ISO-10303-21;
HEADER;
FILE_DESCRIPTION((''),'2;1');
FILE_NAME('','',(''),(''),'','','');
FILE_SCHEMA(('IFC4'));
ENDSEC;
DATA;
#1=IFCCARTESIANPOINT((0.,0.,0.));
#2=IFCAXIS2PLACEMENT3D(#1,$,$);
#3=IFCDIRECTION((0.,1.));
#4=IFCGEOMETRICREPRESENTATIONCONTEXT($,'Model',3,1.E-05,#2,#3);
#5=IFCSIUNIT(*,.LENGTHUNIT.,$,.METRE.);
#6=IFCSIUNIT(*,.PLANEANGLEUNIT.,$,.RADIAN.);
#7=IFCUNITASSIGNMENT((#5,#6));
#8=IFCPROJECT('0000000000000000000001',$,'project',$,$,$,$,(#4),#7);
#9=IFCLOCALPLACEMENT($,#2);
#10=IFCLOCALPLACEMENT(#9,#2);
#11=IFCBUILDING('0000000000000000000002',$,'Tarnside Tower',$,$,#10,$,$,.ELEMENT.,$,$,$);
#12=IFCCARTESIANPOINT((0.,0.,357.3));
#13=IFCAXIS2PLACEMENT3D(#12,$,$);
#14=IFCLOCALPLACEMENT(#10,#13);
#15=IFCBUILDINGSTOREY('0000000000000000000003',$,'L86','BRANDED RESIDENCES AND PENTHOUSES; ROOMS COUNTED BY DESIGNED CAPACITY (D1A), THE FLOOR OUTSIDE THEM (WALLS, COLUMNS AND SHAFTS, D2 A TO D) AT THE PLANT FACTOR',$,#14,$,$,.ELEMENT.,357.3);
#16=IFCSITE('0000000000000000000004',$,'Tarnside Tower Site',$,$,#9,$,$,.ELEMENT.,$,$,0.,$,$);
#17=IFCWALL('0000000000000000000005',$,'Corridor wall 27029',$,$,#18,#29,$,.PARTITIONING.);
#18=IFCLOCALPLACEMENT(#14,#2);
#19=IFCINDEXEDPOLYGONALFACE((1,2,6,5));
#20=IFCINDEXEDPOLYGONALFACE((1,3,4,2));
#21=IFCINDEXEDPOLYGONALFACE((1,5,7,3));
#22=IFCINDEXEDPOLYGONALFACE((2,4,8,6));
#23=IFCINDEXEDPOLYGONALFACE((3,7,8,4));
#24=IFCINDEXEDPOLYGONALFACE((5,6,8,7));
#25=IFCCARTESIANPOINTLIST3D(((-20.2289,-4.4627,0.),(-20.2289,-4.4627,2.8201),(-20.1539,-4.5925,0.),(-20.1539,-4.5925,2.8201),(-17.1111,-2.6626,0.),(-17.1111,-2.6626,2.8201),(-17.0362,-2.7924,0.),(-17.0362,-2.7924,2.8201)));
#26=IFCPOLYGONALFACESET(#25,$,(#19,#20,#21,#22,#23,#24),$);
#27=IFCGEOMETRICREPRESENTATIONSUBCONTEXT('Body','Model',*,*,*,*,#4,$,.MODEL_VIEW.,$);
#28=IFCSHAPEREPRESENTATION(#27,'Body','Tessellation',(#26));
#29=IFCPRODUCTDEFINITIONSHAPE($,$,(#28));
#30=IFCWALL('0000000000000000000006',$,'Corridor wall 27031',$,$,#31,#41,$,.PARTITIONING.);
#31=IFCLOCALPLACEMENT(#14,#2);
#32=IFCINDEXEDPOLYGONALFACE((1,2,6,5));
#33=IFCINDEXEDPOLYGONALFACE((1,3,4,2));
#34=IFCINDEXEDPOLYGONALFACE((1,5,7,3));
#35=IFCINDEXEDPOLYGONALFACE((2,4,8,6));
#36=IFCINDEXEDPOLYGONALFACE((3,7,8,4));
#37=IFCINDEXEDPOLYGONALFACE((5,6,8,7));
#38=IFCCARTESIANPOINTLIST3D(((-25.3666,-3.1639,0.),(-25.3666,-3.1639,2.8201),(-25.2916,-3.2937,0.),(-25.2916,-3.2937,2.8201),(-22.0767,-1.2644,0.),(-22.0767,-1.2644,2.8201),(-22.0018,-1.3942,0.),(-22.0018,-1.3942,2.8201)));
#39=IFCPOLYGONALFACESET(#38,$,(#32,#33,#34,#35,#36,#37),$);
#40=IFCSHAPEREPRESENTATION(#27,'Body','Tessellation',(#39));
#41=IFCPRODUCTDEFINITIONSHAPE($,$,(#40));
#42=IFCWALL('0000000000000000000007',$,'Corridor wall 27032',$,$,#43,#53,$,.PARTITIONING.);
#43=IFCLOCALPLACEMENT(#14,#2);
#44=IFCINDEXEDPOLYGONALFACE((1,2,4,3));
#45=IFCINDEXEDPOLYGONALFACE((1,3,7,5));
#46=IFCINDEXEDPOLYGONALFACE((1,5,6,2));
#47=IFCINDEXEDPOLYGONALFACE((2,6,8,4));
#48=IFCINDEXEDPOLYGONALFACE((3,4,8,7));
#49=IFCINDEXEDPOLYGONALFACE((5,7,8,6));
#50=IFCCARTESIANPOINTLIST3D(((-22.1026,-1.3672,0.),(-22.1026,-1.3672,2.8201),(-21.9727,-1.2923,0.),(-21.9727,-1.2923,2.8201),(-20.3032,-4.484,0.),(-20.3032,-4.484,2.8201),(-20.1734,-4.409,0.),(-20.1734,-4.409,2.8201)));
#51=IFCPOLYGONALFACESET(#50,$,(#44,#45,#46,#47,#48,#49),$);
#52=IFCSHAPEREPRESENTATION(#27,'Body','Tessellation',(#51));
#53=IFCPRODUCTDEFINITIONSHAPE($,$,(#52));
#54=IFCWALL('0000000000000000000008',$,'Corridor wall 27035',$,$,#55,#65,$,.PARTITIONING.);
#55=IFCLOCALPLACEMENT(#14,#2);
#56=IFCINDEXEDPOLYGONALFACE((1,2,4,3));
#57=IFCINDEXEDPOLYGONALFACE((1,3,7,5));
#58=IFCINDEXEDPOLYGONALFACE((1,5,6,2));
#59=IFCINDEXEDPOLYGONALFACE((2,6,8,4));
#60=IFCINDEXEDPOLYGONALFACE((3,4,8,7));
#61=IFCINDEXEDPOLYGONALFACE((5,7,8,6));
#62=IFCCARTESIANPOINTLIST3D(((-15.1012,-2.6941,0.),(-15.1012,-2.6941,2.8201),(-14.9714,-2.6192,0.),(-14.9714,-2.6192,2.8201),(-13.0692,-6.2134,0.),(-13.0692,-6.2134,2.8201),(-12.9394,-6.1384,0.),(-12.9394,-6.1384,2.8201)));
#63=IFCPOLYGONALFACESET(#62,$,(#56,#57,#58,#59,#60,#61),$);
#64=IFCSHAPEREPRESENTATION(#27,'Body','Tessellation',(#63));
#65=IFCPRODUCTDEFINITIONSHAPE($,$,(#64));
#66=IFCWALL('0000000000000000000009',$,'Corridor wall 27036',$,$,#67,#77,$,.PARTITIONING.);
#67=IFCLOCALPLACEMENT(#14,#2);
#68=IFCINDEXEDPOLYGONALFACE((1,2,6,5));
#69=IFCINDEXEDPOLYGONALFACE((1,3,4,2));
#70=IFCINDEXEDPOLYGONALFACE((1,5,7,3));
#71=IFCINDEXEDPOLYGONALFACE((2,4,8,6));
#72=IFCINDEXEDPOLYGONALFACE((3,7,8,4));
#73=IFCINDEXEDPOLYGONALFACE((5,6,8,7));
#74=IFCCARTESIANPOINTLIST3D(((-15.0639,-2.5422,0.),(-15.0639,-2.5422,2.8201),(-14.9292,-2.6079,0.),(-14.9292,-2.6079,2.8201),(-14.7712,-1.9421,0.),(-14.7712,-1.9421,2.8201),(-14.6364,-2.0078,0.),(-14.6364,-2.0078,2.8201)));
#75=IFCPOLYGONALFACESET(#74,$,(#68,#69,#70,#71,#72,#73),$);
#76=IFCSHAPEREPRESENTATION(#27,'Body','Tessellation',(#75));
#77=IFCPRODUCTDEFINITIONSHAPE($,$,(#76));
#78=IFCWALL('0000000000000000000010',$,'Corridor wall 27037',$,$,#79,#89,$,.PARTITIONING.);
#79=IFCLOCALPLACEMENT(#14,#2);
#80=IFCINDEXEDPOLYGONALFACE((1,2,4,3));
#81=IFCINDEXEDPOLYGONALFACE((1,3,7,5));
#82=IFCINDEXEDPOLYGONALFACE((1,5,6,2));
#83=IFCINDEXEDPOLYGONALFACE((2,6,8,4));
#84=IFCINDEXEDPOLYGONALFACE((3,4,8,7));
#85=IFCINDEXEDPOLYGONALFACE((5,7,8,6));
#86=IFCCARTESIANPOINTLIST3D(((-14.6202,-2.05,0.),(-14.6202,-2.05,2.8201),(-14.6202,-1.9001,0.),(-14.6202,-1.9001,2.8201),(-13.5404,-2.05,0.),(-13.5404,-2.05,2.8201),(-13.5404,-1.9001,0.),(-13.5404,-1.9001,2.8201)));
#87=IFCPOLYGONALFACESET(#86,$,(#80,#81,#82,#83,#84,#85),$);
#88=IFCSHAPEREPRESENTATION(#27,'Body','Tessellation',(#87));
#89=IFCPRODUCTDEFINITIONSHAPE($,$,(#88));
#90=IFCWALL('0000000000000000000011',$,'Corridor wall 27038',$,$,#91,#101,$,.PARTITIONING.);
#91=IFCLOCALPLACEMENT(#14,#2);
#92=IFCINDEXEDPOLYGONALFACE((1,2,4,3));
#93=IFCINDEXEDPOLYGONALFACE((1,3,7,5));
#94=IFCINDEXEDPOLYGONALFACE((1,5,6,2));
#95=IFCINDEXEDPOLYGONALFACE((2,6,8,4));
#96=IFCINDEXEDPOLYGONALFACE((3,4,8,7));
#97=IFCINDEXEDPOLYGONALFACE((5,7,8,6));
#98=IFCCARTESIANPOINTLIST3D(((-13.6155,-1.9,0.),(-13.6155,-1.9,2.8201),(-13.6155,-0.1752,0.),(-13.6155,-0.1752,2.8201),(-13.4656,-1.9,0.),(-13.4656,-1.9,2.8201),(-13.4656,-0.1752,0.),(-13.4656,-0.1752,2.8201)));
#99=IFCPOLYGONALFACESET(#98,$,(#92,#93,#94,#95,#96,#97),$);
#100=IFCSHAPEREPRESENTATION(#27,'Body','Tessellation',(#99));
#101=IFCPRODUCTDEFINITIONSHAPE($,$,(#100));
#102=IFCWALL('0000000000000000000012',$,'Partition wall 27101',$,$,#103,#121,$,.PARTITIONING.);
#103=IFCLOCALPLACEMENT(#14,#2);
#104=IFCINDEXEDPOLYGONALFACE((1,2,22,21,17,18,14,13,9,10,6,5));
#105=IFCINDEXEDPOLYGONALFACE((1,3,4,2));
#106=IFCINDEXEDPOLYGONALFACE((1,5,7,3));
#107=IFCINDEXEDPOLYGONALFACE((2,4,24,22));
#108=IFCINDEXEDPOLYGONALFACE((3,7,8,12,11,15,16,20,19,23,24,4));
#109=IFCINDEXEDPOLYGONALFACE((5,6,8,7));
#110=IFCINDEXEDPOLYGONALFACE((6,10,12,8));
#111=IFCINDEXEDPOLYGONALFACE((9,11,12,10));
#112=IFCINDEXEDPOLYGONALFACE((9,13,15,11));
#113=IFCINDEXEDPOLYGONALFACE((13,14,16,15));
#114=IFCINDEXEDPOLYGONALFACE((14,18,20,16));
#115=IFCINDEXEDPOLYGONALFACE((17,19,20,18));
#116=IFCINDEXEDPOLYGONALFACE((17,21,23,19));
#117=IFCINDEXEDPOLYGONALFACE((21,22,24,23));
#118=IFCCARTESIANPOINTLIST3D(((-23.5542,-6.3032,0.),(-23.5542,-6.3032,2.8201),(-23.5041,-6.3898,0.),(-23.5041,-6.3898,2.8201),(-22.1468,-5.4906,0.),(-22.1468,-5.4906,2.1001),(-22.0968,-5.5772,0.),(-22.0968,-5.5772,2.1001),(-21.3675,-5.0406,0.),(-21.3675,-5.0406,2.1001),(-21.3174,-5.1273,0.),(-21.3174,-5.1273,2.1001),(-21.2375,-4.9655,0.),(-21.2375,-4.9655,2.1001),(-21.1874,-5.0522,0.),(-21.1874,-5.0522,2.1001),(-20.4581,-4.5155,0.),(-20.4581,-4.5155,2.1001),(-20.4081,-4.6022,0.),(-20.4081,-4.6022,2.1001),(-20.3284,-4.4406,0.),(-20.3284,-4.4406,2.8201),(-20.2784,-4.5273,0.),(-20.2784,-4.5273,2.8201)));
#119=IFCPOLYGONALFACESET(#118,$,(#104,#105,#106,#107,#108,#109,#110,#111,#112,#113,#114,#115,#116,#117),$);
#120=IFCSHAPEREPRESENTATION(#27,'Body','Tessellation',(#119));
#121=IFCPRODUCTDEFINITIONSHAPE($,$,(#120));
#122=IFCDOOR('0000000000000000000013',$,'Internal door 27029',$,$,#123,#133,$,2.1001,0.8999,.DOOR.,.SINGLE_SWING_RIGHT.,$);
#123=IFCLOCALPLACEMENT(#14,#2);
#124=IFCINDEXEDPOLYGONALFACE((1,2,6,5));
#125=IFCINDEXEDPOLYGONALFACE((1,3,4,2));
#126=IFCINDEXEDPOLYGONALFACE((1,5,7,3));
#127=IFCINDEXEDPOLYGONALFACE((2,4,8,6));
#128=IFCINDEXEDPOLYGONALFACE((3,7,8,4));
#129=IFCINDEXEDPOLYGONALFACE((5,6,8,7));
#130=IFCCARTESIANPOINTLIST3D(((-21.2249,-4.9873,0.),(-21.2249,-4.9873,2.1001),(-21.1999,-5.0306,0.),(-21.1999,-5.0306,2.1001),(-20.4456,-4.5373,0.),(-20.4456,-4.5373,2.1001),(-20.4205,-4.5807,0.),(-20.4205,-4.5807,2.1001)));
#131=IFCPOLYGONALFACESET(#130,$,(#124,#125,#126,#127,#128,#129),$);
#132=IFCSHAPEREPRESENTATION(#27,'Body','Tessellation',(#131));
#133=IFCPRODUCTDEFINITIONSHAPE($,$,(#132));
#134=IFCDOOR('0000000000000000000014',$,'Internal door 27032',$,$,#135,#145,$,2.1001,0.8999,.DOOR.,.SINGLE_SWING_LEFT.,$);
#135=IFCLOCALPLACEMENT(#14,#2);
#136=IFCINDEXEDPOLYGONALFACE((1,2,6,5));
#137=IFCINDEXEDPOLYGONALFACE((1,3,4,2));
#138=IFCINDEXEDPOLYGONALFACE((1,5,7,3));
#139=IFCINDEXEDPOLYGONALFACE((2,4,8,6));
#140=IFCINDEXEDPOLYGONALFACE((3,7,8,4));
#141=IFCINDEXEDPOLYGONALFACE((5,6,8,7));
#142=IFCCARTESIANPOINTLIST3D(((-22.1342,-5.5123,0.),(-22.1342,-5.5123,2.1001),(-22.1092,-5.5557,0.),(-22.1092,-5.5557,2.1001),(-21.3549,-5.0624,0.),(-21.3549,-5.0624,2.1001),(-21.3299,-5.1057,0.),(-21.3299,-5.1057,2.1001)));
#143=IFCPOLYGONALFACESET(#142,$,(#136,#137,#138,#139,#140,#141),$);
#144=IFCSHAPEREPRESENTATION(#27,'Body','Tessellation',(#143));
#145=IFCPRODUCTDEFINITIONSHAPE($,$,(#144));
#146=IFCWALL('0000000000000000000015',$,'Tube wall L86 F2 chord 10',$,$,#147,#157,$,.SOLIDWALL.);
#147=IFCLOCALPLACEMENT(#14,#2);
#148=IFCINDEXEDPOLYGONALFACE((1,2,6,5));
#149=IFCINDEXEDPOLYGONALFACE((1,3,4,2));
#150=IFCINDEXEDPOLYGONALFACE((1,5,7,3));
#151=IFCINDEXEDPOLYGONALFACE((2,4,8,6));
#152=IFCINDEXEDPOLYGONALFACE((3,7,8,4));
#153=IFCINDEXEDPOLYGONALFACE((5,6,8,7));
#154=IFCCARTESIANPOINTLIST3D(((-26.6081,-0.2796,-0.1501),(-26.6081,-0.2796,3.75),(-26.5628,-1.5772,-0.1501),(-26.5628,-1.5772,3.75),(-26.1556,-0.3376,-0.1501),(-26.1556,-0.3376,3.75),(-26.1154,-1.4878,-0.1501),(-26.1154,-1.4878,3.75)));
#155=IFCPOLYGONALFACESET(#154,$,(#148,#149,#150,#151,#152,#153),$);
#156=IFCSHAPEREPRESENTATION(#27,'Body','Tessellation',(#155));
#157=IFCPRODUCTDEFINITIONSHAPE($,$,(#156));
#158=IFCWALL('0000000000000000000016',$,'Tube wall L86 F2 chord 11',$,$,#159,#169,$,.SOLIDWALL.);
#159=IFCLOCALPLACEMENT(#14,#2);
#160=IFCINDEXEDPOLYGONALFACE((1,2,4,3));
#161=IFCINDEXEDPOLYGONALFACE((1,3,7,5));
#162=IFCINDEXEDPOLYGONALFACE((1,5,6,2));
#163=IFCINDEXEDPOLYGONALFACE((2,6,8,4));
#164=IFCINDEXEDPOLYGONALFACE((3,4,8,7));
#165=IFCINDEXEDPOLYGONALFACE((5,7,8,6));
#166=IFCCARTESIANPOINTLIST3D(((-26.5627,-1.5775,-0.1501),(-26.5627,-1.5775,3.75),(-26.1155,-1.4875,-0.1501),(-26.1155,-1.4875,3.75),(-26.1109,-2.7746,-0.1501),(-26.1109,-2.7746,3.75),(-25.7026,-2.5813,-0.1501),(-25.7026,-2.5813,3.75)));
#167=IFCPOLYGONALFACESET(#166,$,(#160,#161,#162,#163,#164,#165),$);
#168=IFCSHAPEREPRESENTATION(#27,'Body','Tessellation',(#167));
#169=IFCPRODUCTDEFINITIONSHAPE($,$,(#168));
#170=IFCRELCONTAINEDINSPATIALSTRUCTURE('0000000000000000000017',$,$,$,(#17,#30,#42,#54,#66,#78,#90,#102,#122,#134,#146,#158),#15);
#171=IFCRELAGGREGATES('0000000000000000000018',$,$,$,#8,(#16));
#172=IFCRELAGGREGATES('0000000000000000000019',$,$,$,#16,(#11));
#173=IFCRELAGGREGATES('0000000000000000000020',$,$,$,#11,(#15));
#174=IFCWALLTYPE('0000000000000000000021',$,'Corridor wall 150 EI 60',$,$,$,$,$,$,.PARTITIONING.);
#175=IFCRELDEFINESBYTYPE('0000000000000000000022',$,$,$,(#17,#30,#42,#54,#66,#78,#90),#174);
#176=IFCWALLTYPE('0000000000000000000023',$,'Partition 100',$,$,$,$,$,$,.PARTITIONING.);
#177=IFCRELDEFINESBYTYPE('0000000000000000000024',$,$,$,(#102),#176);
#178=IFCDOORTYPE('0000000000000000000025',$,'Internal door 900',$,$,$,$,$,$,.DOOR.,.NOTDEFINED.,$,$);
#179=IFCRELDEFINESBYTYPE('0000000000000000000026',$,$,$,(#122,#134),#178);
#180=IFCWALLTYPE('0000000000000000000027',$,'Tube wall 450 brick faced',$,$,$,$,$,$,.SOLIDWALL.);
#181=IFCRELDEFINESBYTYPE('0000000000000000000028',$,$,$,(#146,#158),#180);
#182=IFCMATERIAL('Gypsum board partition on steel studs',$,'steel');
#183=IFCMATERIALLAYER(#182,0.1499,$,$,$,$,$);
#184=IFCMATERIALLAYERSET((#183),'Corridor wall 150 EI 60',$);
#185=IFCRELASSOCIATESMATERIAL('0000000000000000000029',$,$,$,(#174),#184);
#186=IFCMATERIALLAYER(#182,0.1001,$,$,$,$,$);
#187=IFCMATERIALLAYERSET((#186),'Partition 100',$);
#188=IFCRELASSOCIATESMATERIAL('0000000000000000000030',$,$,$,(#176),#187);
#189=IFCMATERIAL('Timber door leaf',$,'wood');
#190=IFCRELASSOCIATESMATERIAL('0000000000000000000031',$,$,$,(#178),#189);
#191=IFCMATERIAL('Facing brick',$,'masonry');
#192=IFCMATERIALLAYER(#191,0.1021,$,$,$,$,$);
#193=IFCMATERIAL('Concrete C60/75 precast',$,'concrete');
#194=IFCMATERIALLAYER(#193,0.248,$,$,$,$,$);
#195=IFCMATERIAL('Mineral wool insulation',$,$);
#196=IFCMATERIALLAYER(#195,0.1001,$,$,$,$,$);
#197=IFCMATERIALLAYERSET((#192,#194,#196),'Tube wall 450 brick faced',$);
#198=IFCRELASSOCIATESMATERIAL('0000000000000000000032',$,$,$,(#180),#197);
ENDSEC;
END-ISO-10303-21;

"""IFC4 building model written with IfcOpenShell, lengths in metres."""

from ifc_helpers import new_model, si_unit, direction, frame, frame_2d, origin, place, context, subcontext, project, spatial, polyline, rectangle, outline, extrude, material, layer, layer_set, type_object, element, fill, save


model = new_model("IFC4")

# Units and contexts
model_context = context("Model", 3, precision=1e-05, world=origin(), true_north=direction((0.0, 1.0)))
body_context = subcontext(model_context, "Body", "Model", "MODEL_VIEW")
ifc_project = project(units=[si_unit("LENGTHUNIT", "METRE"), si_unit("PLANEANGLEUNIT", "RADIAN")], contexts=[model_context])

# Site, building, storey
site_placement = place(None, origin())
site = spatial("IfcSite", under=ifc_project, at=site_placement, Name="Tarnside Tower Site", CompositionType="ELEMENT", RefElevation=0.0)
building_placement = place(site_placement, origin())
building = spatial("IfcBuilding", under=site, at=building_placement, Name="Tarnside Tower", CompositionType="ELEMENT")
storey_placement = place(building_placement, frame((0.0, 0.0, 357.3)))
storey = spatial("IfcBuildingStorey", under=building, at=storey_placement, Name="L86", Description="BRANDED RESIDENCES AND PENTHOUSES; ROOMS COUNTED BY DESIGNED CAPACITY (D1A), THE FLOOR OUTSIDE THEM (WALLS, COLUMNS AND SHAFTS, D2 A TO D) AT THE PLANT FACTOR", CompositionType="ELEMENT", Elevation=357.3)

# Shared definitions
ifc_material_1 = material(Name="Gypsum board partition on steel studs", Category="steel")
ifc_material_2 = material(Name="Timber door leaf", Category="wood")

# Shared definitions
ifc_layer_1 = layer(ifc_material_1, 0.1499)
ifc_layer_set_1 = layer_set([ifc_layer_1], Name="Corridor wall 150 EI 60")
wall_type_1 = type_object("IfcWallType", Name="Corridor wall 150 EI 60", PredefinedType="PARTITIONING", material=ifc_layer_set_1)

# Walls
wall_1_placement = place(storey_placement, frame((-20.1914, -4.5276, 0.0), z_axis=(0.0, 0.0, 1.0), x_axis=(0.866018, 0.500012, 0.0)))
element("IfcWall", 1, at=wall_1_placement, inside=storey, type_object=wall_type_1, Name="Corridor wall 27029", PredefinedType="PARTITIONING", context=body_context, shape_type="SweptSolid", body=[
    extrude(rectangle(XDim=3.6001, YDim=0.1499, at=frame_2d((1.8, 0.0))), origin(), (0.0, 0.0, 1.0), 2.8201),
])
wall_2_placement = place(storey_placement, frame((-25.3291, -3.2288, 0.0), z_axis=(0.0, 0.0, 1.0), x_axis=(0.86602, 0.50001, 0.0)))
element("IfcWall", 2, at=wall_2_placement, inside=storey, type_object=wall_type_1, Name="Corridor wall 27031", PredefinedType="PARTITIONING", context=body_context, shape_type="SweptSolid", body=[
    extrude(rectangle(XDim=3.7988, YDim=0.1499, at=frame_2d((1.8994, 0.0))), origin(), (0.0, 0.0, 1.0), 2.8201),
])
wall_3_placement = place(storey_placement, frame((-22.0376, -1.3298, 0.0), z_axis=(0.0, 0.0, 1.0), x_axis=(0.499977, -0.866039, 0.0)))
element("IfcWall", 3, at=wall_3_placement, inside=storey, type_object=wall_type_1, Name="Corridor wall 27032", PredefinedType="PARTITIONING", context=body_context, shape_type="SweptSolid", body=[
    extrude(rectangle(XDim=3.5989, YDim=0.1499, at=frame_2d((1.7993, 0.0))), origin(), (0.0, 0.0, 1.0), 2.8201),
])
wall_4_placement = place(storey_placement, frame((-13.0044, -6.1758, 0.0), z_axis=(0.0, 0.0, 1.0), x_axis=(-0.500022, 0.866013, 0.0)))
element("IfcWall", 4, at=wall_4_placement, inside=storey, type_object=wall_type_1, Name="Corridor wall 27035", PredefinedType="PARTITIONING", context=body_context, shape_type="SweptSolid", body=[
    extrude(rectangle(XDim=4.0637, YDim=0.1499, at=frame_2d((2.0317, 0.0))), origin(), (0.0, 0.0, 1.0), 2.8201),
])
wall_5_placement = place(storey_placement, frame((-14.9966, -2.5752, 0.0), z_axis=(0.0, 0.0, 1.0), x_axis=(0.438416, 0.898772, 0.0)))
element("IfcWall", 5, at=wall_5_placement, inside=storey, type_object=wall_type_1, Name="Corridor wall 27036", PredefinedType="PARTITIONING", context=body_context, shape_type="SweptSolid", body=[
    extrude(rectangle(XDim=0.6677, YDim=0.1499, at=frame_2d((0.334, 0.0))), origin(), (0.0, 0.0, 1.0), 2.8201),
])
wall_6_placement = place(storey_placement, frame((-14.6204, -1.9751, 0.0), z_axis=(0.0, 0.0, 1.0), x_axis=(1.0, 0.0, 0.0)))
element("IfcWall", 6, at=wall_6_placement, inside=storey, type_object=wall_type_1, Name="Corridor wall 27037", PredefinedType="PARTITIONING", context=body_context, shape_type="SweptSolid", body=[
    extrude(rectangle(XDim=1.0798, YDim=0.1499, at=frame_2d((0.54, 0.0))), origin(), (0.0, 0.0, 1.0), 2.8201),
])
wall_7_placement = place(storey_placement, frame((-13.5405, -1.8999, 0.0), z_axis=(0.0, 0.0, 1.0), x_axis=(0.0, 1.0, 0.0)))
element("IfcWall", 7, at=wall_7_placement, inside=storey, type_object=wall_type_1, Name="Corridor wall 27038", PredefinedType="PARTITIONING", context=body_context, shape_type="SweptSolid", body=[
    extrude(rectangle(XDim=1.7249, YDim=0.1499, at=frame_2d((0.8623, 0.0))), origin(), (0.0, 0.0, 1.0), 2.8201),
])

# Wall, openings, doors
ifc_layer_2 = layer(ifc_material_1, 0.1001)
ifc_layer_set_2 = layer_set([ifc_layer_2], Name="Partition 100")
wall_type_2 = type_object("IfcWallType", Name="Partition 100", PredefinedType="PARTITIONING", material=ifc_layer_set_2)
wall_8_placement = place(storey_placement, frame((-23.5291, -6.3464, 0.0), z_axis=(0.0, 0.0, 1.0), x_axis=(0.866012, 0.500023, 0.0)))
wall_8 = element("IfcWall", 8, at=wall_8_placement, inside=storey, type_object=wall_type_2, Name="Partition wall 27101", PredefinedType="PARTITIONING", context=body_context, shape_type="SweptSolid", body=[
    extrude(rectangle(XDim=3.7249, YDim=0.1001, at=frame_2d((1.8623, 0.0))), origin(), (0.0, 0.0, 1.0), 2.8201),
])
opening_1_placement = place(wall_8_placement, frame((2.675, 0.0, 0.0)))
opening_1 = element("IfcOpeningElement", 9, at=opening_1_placement, cuts=wall_8, PredefinedType="OPENING", context=body_context, shape_type="SweptSolid", body=[
    extrude(rectangle(XDim=0.8999, YDim=2.1001, at=frame_2d((0.45, 1.05))), frame((0.0, 0.0601, 0.0), z_axis=(0.0, -1.0, 0.0), x_axis=(1.0, 0.0, 0.0)), (0.0, 0.0, 1.0), 0.1201),
])
opening_2_placement = place(wall_8_placement, frame((1.625, 0.0, 0.0)))
opening_2 = element("IfcOpeningElement", 10, at=opening_2_placement, cuts=wall_8, PredefinedType="OPENING", context=body_context, shape_type="SweptSolid", body=[
    extrude(rectangle(XDim=0.8999, YDim=2.1001, at=frame_2d((0.45, 1.05))), frame((0.0, 0.0601, 0.0), z_axis=(0.0, -1.0, 0.0), x_axis=(1.0, 0.0, 0.0)), (0.0, 0.0, 1.0), 0.1201),
])
door_type_1 = type_object("IfcDoorType", Name="Internal door 900", OperationType="NOTDEFINED", PredefinedType="DOOR", material=ifc_material_2)
door_1_placement = place(opening_1_placement, origin())
door_1 = element("IfcDoor", 11, at=door_1_placement, inside=storey, type_object=door_type_1, Name="Internal door 27029", OperationType="SINGLE_SWING_RIGHT", OverallHeight=2.1001, OverallWidth=0.8999, PredefinedType="DOOR", context=body_context, shape_type="SweptSolid", body=[
    extrude(rectangle(XDim=0.8999, YDim=2.1001, at=frame_2d((0.45, 1.05))), frame((0.0, 0.0249, 0.0), z_axis=(0.0, -1.0, 0.0), x_axis=(1.0, 0.0, 0.0)), (0.0, 0.0, 1.0), 0.05),
])
fill(opening_1, door_1)
door_2_placement = place(opening_2_placement, origin())
door_2 = element("IfcDoor", 12, at=door_2_placement, inside=storey, type_object=door_type_1, Name="Internal door 27032", OperationType="SINGLE_SWING_LEFT", OverallHeight=2.1001, OverallWidth=0.8999, PredefinedType="DOOR", context=body_context, shape_type="SweptSolid", body=[
    extrude(rectangle(XDim=0.8999, YDim=2.1001, at=frame_2d((0.45, 1.05))), frame((0.0, 0.0249, 0.0), z_axis=(0.0, -1.0, 0.0), x_axis=(1.0, 0.0, 0.0)), (0.0, 0.0, 1.0), 0.05),
])
fill(opening_2, door_2)

# Walls
ifc_material_3 = material(Name="Facing brick", Category="masonry")
ifc_layer_3 = layer(ifc_material_3, 0.1021)
ifc_material_4 = material(Name="Concrete C60/75 precast", Category="concrete")
ifc_layer_4 = layer(ifc_material_4, 0.248)
ifc_material_5 = material(Name="Mineral wool insulation")
ifc_layer_5 = layer(ifc_material_5, 0.1001)
ifc_layer_set_3 = layer_set([ifc_layer_3, ifc_layer_4, ifc_layer_5], Name="Tube wall 450 brick faced")
wall_type_3 = type_object("IfcWallType", Name="Tube wall 450 brick faced", PredefinedType="SOLIDWALL", material=ifc_layer_set_3)
wall_9_placement = place(storey_placement, frame((-26.3818, -0.3086, -0.1501), z_axis=(0.0, 0.0, 1.0), x_axis=(0.034888, -0.999391, 0.0)))
element("IfcWall", 13, at=wall_9_placement, inside=storey, type_object=wall_type_3, Name="Tube wall L86 F2 chord 10", PredefinedType="SOLIDWALL", context=body_context, shape_type="SweptSolid", body=[
    extrude(outline(polyline([(-0.0369, -0.2251), (1.2615, -0.2251), (1.1877, 0.2251), (0.0369, 0.2251), (-0.0369, -0.2251)])), origin(), (0.0, 0.0, 1.0), 3.9001),
])
wall_10_placement = place(storey_placement, frame((-26.3391, -1.5325, -0.1501), z_axis=(0.0, 0.0, 1.0), x_axis=(0.353133, -0.935573, 0.0)))
element("IfcWall", 14, at=wall_10_placement, inside=storey, type_object=wall_type_3, Name="Tube wall L86 F2 chord 11", PredefinedType="SOLIDWALL", context=body_context, shape_type="SweptSolid", body=[
    extrude(outline(polyline([(-0.0369, -0.2251), (1.2427, -0.2251), (1.2061, 0.2251), (0.0369, 0.2251), (-0.0369, -0.2251)])), origin(), (0.0, 0.0, 1.0), 3.9001),
])

save(model, "model.ifc")
